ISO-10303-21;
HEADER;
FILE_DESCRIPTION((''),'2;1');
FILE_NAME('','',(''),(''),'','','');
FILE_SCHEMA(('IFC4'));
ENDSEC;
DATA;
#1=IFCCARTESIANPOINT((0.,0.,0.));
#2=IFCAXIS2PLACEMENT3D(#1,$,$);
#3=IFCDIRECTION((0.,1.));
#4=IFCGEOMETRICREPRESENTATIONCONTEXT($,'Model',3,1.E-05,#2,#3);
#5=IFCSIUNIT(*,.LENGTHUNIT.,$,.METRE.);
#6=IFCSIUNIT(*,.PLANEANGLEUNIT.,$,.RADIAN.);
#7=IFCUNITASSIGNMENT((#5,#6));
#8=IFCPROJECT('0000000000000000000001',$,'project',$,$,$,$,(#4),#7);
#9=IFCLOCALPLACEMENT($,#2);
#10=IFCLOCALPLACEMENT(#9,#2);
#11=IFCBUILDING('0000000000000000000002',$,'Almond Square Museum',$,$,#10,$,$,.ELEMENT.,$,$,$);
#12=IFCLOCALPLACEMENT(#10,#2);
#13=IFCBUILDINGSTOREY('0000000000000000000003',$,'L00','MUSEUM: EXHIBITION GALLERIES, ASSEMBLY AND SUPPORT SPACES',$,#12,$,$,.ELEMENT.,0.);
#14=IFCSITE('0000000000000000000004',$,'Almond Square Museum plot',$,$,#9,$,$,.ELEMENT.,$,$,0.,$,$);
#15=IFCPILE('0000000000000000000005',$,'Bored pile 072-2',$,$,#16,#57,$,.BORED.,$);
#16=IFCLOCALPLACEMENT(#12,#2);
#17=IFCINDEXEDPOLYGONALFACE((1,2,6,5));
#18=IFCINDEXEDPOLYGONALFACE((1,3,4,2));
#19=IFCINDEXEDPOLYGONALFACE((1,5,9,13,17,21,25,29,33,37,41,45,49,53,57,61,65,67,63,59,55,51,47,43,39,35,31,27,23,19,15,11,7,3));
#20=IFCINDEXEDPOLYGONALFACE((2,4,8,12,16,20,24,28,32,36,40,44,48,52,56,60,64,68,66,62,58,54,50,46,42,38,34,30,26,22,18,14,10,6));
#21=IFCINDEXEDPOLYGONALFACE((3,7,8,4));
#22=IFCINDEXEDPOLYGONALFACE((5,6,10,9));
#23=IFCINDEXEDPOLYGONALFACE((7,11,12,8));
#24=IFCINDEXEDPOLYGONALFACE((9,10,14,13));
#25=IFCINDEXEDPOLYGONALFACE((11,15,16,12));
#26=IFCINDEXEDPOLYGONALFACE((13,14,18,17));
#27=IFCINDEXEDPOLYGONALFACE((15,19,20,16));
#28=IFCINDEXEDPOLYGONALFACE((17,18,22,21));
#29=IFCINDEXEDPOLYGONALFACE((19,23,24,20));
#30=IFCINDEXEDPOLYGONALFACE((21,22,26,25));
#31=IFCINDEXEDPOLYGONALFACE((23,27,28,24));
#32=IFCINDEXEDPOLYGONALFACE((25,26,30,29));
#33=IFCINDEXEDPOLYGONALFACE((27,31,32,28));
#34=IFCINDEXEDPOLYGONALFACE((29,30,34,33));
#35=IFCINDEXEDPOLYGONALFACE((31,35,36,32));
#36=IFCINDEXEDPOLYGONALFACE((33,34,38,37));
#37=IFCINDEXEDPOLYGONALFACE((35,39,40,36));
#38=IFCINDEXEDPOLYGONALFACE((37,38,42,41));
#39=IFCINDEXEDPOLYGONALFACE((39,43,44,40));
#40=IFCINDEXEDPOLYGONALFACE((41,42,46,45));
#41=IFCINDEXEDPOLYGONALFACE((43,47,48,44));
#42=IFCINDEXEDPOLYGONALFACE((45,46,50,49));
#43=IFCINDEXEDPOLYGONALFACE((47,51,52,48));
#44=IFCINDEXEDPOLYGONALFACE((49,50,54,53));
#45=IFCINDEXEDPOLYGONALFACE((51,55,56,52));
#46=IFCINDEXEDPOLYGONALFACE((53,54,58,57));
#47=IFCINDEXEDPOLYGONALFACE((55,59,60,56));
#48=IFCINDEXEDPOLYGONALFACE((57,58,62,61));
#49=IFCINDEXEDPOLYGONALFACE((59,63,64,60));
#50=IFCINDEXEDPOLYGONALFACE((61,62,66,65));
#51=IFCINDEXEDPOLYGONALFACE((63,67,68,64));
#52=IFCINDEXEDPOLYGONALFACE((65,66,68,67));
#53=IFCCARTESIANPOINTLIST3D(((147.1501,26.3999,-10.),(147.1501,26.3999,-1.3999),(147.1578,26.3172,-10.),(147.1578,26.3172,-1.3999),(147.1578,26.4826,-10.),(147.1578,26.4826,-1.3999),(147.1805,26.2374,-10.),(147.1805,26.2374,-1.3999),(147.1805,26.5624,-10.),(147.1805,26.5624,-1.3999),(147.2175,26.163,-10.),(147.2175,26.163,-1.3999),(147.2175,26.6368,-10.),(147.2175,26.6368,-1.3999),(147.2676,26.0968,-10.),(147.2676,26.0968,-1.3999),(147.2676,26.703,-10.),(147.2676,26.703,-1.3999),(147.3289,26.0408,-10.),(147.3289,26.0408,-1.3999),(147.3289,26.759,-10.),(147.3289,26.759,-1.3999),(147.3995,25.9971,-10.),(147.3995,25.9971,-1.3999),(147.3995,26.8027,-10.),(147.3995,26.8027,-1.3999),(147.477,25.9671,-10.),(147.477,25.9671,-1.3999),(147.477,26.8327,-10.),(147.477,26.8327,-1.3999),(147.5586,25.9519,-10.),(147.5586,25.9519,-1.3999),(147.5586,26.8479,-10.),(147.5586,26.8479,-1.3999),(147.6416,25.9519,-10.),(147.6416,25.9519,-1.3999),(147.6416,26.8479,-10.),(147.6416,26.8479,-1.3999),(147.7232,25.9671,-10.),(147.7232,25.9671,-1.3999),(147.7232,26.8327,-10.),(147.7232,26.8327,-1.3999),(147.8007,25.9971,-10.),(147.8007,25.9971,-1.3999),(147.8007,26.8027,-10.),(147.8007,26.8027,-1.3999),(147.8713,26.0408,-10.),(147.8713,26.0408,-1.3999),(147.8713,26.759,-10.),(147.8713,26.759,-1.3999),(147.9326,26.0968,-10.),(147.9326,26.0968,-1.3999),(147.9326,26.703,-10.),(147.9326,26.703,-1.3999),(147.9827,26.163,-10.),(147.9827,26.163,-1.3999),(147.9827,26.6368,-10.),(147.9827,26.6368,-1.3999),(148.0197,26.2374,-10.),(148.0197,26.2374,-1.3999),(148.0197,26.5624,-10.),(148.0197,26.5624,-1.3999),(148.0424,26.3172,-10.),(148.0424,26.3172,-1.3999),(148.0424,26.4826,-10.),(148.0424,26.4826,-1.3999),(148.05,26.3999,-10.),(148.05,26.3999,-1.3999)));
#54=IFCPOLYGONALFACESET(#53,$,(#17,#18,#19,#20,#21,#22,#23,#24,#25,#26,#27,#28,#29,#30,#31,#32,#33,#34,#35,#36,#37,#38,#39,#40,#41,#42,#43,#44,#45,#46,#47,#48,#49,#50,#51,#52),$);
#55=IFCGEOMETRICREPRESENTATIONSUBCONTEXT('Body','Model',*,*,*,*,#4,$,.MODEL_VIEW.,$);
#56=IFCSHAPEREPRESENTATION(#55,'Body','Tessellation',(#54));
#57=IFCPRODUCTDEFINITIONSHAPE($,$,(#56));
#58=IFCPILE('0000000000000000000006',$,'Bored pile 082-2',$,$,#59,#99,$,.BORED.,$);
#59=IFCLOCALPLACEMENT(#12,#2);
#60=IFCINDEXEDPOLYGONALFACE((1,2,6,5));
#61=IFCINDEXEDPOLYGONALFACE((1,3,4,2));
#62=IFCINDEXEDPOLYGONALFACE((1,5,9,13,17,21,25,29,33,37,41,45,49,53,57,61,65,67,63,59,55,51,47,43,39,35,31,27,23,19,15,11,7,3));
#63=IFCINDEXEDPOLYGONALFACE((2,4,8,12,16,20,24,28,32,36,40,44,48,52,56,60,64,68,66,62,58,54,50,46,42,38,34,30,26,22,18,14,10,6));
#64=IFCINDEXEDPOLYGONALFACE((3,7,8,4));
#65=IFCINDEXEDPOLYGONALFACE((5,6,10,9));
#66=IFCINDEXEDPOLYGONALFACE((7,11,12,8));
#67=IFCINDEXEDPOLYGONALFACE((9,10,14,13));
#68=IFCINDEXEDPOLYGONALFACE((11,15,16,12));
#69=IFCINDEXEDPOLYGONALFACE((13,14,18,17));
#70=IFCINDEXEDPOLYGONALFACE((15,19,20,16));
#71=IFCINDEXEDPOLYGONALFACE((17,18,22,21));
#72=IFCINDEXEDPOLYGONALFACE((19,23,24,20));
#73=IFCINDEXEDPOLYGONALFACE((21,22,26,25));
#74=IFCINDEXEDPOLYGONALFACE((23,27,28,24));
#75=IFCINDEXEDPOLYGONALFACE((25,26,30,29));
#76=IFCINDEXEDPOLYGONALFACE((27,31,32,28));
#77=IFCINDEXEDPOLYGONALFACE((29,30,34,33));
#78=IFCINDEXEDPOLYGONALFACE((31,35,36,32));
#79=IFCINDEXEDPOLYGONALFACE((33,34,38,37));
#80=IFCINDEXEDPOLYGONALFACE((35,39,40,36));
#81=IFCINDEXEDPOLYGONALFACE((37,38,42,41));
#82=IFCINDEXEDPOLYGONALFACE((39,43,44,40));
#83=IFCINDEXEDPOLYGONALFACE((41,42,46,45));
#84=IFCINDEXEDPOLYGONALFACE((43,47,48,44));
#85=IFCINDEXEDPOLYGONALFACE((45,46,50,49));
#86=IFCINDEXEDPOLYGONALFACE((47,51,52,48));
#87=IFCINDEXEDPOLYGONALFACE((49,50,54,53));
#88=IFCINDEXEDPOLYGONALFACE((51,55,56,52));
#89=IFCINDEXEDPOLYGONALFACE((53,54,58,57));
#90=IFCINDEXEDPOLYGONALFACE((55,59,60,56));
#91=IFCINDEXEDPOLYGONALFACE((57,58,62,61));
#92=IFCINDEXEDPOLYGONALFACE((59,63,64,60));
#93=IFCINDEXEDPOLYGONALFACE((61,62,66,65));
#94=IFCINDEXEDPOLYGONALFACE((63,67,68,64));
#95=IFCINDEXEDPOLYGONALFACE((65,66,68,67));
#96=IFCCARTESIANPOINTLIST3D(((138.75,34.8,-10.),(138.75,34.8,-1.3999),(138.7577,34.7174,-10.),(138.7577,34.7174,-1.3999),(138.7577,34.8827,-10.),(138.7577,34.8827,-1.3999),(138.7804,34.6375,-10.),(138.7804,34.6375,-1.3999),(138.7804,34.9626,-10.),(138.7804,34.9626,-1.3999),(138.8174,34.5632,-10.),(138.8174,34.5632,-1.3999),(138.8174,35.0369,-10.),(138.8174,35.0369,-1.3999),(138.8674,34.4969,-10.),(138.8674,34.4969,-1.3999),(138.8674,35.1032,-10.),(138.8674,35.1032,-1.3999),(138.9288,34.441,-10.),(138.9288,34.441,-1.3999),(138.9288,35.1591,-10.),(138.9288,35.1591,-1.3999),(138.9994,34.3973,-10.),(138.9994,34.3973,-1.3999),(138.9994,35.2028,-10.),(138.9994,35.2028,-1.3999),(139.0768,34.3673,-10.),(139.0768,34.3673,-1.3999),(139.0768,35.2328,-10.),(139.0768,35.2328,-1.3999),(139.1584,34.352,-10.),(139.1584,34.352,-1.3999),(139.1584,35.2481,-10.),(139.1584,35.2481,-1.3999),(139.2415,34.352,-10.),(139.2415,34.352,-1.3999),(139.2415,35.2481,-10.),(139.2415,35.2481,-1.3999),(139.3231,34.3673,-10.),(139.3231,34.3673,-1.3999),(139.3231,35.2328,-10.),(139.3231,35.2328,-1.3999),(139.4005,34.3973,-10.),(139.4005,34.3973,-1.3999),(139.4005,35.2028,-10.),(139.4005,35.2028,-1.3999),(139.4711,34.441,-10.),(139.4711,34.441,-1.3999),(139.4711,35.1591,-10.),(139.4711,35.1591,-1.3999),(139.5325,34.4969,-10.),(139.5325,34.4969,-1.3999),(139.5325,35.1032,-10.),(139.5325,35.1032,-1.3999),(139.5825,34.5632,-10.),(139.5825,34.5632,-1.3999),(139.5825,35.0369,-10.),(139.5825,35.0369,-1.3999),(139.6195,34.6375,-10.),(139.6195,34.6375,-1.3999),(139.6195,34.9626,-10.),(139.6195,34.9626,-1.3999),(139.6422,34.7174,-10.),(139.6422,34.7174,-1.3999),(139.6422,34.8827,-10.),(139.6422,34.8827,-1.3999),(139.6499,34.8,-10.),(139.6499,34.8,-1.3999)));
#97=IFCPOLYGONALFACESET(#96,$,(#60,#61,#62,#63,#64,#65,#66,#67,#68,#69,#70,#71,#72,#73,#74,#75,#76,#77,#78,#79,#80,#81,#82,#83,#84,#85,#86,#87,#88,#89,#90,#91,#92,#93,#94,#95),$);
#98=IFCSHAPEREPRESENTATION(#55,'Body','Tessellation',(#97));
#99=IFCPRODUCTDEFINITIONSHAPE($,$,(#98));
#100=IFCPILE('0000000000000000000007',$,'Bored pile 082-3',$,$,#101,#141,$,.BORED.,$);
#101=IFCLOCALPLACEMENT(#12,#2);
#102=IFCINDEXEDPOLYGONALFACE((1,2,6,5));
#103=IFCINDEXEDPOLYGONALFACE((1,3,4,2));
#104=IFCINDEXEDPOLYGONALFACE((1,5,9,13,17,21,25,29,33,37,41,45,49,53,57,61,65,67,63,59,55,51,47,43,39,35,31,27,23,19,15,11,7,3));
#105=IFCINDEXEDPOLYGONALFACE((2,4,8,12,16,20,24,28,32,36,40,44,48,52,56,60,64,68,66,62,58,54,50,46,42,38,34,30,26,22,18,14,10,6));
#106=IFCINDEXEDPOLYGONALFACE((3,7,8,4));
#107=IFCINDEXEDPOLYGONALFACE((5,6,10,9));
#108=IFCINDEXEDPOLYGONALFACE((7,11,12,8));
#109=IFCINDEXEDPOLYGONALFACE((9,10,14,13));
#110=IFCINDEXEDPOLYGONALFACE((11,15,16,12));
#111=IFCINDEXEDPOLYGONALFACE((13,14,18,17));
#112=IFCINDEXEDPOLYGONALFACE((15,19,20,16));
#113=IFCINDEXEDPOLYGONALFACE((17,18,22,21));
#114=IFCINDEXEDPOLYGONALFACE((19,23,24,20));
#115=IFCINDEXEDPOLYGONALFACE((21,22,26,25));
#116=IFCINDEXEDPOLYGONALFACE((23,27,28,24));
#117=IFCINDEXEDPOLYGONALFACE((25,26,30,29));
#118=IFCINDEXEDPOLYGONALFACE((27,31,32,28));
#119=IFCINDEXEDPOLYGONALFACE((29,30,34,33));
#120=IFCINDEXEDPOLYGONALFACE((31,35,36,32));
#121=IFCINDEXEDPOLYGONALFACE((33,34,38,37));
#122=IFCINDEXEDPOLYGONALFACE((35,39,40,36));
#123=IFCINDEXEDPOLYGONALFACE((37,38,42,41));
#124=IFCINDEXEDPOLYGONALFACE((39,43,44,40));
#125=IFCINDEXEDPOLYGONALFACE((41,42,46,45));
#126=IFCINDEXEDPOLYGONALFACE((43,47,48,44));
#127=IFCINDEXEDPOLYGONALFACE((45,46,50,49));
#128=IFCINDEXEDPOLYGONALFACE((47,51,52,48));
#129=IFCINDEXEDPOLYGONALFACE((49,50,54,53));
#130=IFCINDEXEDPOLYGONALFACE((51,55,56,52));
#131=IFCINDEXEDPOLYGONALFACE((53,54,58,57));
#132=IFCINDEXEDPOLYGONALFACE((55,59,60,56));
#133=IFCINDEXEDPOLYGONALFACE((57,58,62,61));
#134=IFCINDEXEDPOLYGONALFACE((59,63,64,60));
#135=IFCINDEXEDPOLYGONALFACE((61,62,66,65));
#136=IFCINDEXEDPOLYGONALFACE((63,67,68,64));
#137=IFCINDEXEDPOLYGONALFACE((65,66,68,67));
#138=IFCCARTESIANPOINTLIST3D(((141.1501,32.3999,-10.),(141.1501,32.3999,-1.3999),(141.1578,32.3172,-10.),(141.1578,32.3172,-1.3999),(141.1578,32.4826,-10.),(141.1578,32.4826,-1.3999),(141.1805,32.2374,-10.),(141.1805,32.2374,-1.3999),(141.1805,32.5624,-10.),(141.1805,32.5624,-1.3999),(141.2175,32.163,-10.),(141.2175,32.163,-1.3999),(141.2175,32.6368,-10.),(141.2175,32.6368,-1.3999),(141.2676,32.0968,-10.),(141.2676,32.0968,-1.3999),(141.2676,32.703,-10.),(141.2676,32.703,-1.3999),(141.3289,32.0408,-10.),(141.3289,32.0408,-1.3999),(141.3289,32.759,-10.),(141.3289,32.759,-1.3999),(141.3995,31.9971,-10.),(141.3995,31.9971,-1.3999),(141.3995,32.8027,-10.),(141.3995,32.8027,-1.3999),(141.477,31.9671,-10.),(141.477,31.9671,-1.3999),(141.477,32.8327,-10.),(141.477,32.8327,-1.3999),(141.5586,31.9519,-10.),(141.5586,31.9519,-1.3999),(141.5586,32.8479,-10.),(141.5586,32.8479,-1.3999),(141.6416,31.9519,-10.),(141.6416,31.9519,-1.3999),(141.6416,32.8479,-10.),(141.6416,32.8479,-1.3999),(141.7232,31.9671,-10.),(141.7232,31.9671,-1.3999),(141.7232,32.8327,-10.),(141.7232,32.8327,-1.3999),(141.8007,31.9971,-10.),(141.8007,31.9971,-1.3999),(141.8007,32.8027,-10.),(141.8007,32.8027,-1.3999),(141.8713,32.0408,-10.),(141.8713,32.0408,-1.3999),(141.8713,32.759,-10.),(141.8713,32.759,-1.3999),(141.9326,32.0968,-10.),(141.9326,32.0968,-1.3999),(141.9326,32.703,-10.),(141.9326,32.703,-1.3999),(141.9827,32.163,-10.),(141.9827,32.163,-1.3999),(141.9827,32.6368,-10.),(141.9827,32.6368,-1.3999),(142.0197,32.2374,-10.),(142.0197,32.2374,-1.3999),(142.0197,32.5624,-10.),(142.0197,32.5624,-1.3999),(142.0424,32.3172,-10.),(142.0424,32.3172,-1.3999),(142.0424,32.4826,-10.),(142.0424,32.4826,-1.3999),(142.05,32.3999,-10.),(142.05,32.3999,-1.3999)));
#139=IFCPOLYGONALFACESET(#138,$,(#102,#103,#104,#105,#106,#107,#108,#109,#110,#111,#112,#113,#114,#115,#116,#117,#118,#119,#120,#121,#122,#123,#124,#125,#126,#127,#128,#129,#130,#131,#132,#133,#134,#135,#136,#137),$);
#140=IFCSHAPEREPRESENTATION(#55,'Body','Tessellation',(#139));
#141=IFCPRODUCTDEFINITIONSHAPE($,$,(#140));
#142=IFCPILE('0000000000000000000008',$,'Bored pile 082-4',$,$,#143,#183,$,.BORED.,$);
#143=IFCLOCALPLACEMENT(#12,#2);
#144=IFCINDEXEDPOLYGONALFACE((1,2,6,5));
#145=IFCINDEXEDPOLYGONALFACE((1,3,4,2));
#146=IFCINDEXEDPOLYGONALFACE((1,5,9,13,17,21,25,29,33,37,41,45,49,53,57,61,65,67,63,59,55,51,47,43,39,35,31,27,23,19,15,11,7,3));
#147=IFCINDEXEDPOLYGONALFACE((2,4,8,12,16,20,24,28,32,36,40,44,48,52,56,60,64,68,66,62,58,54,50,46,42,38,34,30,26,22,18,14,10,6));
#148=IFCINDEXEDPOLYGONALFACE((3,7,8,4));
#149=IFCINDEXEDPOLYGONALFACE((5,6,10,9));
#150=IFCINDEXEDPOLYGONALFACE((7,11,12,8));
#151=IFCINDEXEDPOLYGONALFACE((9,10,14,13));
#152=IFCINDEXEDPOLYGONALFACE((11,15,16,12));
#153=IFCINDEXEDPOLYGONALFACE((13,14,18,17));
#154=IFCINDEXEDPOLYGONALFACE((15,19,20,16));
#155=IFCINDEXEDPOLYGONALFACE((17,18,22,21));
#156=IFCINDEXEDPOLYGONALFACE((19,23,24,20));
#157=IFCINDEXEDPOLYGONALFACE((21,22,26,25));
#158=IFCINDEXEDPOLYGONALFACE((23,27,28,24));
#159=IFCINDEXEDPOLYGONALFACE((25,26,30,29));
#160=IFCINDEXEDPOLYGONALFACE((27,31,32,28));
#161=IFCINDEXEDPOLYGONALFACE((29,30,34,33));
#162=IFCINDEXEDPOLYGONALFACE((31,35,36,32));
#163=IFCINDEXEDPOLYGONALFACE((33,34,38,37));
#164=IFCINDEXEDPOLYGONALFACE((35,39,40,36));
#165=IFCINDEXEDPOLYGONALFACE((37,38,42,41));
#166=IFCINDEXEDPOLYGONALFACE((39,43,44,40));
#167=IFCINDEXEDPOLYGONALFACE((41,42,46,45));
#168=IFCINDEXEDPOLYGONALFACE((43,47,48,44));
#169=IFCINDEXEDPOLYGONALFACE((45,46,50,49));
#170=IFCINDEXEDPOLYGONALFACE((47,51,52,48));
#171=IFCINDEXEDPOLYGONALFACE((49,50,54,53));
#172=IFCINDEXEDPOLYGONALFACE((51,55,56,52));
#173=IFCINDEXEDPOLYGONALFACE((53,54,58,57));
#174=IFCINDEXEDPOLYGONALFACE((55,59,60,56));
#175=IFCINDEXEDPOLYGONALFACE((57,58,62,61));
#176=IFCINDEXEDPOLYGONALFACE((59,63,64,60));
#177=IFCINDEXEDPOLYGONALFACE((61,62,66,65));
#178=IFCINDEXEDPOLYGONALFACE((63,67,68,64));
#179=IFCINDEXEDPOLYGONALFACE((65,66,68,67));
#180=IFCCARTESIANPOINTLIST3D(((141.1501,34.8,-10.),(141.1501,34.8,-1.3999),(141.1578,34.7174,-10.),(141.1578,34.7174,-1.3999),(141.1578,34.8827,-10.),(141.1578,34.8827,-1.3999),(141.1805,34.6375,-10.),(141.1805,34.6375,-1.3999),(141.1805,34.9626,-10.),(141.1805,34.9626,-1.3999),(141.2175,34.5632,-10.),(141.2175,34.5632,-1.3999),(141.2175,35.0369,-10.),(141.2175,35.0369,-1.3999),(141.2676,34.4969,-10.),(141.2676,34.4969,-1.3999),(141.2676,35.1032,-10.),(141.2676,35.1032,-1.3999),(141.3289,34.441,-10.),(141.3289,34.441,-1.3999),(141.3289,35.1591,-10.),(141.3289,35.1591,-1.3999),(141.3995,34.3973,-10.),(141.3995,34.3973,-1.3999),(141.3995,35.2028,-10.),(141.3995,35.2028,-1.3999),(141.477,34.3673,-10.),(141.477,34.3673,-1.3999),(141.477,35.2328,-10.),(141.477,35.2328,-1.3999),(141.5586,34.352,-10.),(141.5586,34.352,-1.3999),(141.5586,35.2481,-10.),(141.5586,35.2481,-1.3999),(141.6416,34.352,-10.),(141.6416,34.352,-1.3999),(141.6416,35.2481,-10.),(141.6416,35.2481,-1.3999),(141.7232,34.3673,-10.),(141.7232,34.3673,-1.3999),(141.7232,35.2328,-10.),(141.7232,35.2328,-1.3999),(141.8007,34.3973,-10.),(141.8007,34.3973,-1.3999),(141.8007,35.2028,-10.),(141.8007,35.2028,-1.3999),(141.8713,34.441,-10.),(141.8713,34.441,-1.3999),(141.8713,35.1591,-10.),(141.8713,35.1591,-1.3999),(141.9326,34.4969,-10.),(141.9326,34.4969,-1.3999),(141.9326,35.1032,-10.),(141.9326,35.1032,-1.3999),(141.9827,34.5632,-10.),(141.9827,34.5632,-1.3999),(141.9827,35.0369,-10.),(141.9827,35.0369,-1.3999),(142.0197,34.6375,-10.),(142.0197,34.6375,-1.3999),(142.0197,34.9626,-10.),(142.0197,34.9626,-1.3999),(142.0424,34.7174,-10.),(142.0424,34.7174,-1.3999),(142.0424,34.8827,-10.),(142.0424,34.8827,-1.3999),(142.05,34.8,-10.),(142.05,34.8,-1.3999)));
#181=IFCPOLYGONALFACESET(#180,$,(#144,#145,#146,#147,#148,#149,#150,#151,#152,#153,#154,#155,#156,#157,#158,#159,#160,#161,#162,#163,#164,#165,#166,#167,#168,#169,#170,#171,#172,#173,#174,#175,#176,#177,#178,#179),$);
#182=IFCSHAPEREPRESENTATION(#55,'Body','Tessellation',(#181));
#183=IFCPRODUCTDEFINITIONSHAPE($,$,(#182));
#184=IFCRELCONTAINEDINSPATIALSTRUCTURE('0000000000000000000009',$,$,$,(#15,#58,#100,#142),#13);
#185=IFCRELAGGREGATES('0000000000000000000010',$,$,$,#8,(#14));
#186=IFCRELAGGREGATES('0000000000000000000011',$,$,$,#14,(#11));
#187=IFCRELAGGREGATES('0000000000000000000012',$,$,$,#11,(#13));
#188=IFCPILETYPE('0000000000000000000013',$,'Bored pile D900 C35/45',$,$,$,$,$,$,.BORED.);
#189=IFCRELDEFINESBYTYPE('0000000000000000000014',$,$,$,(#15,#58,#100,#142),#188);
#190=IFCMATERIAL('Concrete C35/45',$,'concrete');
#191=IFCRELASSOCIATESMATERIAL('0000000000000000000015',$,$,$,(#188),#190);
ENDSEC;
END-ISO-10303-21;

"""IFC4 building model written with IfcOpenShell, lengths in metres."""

from ifc_helpers import new_model, si_unit, direction, frame, origin, origin_2d, place, context, subcontext, project, spatial, circle, extrude, material, material_profile, profile_set, type_object, element, save


model = new_model("IFC4")

# Units and contexts
model_context = context("Model", 3, precision=1e-05, world=origin(), true_north=direction((0.0, 1.0)))
body_context = subcontext(model_context, "Body", "Model", "MODEL_VIEW")
ifc_project = project(units=[si_unit("LENGTHUNIT", "METRE"), si_unit("PLANEANGLEUNIT", "RADIAN")], contexts=[model_context])

# Site, building, storey
site_placement = place(None, origin())
site = spatial("IfcSite", under=ifc_project, at=site_placement, Name="Almond Square Museum plot", CompositionType="ELEMENT", RefElevation=0.0)
building_placement = place(site_placement, origin())
building = spatial("IfcBuilding", under=site, at=building_placement, Name="Almond Square Museum", CompositionType="ELEMENT")
storey_placement = place(building_placement, origin())
storey = spatial("IfcBuildingStorey", under=building, at=storey_placement, Name="L00", Description="MUSEUM: EXHIBITION GALLERIES, ASSEMBLY AND SUPPORT SPACES", CompositionType="ELEMENT", Elevation=0.0)

# Piles
ifc_material_1 = material(Name="Concrete C35/45", Category="concrete")
ifc_material_profile_1 = material_profile(ifc_material_1, circle(Radius=0.45, at=origin_2d()))
ifc_profile_set_1 = profile_set([ifc_material_profile_1], Name="Concrete C35/45")
pile_type = type_object("IfcPileType", Name="Bored pile D900 C35/45", PredefinedType="BORED", material=ifc_profile_set_1)
for number, where, z_axis, x_axis, name in (
    (1, (147.6001, 26.3999, -1.3999), (0.0, 0.0, -1.0), (1.0, 0.0, 0.0), "Bored pile 072-2"),
    (2, (139.2, 34.8, -1.3999), (0.0, 0.0, -1.0), (1.0, 0.0, 0.0), "Bored pile 082-2"),
    (3, (141.6001, 32.3999, -1.3999), (0.0, 0.0, -1.0), (1.0, 0.0, 0.0), "Bored pile 082-3"),
    (4, (141.6001, 34.8, -1.3999), (0.0, 0.0, -1.0), (1.0, 0.0, 0.0), "Bored pile 082-4"),
):
    element("IfcPile", number, at=place(storey_placement, frame(where, z_axis=z_axis, x_axis=x_axis)), inside=storey, type_object=pile_type, Name=name, PredefinedType="BORED", context=body_context, shape_type="SweptSolid", body=[
        extrude(circle(Radius=0.45, at=origin_2d()), origin(), (0.0, 0.0, 1.0), 8.6001),
    ])

save(model, "model.ifc")
